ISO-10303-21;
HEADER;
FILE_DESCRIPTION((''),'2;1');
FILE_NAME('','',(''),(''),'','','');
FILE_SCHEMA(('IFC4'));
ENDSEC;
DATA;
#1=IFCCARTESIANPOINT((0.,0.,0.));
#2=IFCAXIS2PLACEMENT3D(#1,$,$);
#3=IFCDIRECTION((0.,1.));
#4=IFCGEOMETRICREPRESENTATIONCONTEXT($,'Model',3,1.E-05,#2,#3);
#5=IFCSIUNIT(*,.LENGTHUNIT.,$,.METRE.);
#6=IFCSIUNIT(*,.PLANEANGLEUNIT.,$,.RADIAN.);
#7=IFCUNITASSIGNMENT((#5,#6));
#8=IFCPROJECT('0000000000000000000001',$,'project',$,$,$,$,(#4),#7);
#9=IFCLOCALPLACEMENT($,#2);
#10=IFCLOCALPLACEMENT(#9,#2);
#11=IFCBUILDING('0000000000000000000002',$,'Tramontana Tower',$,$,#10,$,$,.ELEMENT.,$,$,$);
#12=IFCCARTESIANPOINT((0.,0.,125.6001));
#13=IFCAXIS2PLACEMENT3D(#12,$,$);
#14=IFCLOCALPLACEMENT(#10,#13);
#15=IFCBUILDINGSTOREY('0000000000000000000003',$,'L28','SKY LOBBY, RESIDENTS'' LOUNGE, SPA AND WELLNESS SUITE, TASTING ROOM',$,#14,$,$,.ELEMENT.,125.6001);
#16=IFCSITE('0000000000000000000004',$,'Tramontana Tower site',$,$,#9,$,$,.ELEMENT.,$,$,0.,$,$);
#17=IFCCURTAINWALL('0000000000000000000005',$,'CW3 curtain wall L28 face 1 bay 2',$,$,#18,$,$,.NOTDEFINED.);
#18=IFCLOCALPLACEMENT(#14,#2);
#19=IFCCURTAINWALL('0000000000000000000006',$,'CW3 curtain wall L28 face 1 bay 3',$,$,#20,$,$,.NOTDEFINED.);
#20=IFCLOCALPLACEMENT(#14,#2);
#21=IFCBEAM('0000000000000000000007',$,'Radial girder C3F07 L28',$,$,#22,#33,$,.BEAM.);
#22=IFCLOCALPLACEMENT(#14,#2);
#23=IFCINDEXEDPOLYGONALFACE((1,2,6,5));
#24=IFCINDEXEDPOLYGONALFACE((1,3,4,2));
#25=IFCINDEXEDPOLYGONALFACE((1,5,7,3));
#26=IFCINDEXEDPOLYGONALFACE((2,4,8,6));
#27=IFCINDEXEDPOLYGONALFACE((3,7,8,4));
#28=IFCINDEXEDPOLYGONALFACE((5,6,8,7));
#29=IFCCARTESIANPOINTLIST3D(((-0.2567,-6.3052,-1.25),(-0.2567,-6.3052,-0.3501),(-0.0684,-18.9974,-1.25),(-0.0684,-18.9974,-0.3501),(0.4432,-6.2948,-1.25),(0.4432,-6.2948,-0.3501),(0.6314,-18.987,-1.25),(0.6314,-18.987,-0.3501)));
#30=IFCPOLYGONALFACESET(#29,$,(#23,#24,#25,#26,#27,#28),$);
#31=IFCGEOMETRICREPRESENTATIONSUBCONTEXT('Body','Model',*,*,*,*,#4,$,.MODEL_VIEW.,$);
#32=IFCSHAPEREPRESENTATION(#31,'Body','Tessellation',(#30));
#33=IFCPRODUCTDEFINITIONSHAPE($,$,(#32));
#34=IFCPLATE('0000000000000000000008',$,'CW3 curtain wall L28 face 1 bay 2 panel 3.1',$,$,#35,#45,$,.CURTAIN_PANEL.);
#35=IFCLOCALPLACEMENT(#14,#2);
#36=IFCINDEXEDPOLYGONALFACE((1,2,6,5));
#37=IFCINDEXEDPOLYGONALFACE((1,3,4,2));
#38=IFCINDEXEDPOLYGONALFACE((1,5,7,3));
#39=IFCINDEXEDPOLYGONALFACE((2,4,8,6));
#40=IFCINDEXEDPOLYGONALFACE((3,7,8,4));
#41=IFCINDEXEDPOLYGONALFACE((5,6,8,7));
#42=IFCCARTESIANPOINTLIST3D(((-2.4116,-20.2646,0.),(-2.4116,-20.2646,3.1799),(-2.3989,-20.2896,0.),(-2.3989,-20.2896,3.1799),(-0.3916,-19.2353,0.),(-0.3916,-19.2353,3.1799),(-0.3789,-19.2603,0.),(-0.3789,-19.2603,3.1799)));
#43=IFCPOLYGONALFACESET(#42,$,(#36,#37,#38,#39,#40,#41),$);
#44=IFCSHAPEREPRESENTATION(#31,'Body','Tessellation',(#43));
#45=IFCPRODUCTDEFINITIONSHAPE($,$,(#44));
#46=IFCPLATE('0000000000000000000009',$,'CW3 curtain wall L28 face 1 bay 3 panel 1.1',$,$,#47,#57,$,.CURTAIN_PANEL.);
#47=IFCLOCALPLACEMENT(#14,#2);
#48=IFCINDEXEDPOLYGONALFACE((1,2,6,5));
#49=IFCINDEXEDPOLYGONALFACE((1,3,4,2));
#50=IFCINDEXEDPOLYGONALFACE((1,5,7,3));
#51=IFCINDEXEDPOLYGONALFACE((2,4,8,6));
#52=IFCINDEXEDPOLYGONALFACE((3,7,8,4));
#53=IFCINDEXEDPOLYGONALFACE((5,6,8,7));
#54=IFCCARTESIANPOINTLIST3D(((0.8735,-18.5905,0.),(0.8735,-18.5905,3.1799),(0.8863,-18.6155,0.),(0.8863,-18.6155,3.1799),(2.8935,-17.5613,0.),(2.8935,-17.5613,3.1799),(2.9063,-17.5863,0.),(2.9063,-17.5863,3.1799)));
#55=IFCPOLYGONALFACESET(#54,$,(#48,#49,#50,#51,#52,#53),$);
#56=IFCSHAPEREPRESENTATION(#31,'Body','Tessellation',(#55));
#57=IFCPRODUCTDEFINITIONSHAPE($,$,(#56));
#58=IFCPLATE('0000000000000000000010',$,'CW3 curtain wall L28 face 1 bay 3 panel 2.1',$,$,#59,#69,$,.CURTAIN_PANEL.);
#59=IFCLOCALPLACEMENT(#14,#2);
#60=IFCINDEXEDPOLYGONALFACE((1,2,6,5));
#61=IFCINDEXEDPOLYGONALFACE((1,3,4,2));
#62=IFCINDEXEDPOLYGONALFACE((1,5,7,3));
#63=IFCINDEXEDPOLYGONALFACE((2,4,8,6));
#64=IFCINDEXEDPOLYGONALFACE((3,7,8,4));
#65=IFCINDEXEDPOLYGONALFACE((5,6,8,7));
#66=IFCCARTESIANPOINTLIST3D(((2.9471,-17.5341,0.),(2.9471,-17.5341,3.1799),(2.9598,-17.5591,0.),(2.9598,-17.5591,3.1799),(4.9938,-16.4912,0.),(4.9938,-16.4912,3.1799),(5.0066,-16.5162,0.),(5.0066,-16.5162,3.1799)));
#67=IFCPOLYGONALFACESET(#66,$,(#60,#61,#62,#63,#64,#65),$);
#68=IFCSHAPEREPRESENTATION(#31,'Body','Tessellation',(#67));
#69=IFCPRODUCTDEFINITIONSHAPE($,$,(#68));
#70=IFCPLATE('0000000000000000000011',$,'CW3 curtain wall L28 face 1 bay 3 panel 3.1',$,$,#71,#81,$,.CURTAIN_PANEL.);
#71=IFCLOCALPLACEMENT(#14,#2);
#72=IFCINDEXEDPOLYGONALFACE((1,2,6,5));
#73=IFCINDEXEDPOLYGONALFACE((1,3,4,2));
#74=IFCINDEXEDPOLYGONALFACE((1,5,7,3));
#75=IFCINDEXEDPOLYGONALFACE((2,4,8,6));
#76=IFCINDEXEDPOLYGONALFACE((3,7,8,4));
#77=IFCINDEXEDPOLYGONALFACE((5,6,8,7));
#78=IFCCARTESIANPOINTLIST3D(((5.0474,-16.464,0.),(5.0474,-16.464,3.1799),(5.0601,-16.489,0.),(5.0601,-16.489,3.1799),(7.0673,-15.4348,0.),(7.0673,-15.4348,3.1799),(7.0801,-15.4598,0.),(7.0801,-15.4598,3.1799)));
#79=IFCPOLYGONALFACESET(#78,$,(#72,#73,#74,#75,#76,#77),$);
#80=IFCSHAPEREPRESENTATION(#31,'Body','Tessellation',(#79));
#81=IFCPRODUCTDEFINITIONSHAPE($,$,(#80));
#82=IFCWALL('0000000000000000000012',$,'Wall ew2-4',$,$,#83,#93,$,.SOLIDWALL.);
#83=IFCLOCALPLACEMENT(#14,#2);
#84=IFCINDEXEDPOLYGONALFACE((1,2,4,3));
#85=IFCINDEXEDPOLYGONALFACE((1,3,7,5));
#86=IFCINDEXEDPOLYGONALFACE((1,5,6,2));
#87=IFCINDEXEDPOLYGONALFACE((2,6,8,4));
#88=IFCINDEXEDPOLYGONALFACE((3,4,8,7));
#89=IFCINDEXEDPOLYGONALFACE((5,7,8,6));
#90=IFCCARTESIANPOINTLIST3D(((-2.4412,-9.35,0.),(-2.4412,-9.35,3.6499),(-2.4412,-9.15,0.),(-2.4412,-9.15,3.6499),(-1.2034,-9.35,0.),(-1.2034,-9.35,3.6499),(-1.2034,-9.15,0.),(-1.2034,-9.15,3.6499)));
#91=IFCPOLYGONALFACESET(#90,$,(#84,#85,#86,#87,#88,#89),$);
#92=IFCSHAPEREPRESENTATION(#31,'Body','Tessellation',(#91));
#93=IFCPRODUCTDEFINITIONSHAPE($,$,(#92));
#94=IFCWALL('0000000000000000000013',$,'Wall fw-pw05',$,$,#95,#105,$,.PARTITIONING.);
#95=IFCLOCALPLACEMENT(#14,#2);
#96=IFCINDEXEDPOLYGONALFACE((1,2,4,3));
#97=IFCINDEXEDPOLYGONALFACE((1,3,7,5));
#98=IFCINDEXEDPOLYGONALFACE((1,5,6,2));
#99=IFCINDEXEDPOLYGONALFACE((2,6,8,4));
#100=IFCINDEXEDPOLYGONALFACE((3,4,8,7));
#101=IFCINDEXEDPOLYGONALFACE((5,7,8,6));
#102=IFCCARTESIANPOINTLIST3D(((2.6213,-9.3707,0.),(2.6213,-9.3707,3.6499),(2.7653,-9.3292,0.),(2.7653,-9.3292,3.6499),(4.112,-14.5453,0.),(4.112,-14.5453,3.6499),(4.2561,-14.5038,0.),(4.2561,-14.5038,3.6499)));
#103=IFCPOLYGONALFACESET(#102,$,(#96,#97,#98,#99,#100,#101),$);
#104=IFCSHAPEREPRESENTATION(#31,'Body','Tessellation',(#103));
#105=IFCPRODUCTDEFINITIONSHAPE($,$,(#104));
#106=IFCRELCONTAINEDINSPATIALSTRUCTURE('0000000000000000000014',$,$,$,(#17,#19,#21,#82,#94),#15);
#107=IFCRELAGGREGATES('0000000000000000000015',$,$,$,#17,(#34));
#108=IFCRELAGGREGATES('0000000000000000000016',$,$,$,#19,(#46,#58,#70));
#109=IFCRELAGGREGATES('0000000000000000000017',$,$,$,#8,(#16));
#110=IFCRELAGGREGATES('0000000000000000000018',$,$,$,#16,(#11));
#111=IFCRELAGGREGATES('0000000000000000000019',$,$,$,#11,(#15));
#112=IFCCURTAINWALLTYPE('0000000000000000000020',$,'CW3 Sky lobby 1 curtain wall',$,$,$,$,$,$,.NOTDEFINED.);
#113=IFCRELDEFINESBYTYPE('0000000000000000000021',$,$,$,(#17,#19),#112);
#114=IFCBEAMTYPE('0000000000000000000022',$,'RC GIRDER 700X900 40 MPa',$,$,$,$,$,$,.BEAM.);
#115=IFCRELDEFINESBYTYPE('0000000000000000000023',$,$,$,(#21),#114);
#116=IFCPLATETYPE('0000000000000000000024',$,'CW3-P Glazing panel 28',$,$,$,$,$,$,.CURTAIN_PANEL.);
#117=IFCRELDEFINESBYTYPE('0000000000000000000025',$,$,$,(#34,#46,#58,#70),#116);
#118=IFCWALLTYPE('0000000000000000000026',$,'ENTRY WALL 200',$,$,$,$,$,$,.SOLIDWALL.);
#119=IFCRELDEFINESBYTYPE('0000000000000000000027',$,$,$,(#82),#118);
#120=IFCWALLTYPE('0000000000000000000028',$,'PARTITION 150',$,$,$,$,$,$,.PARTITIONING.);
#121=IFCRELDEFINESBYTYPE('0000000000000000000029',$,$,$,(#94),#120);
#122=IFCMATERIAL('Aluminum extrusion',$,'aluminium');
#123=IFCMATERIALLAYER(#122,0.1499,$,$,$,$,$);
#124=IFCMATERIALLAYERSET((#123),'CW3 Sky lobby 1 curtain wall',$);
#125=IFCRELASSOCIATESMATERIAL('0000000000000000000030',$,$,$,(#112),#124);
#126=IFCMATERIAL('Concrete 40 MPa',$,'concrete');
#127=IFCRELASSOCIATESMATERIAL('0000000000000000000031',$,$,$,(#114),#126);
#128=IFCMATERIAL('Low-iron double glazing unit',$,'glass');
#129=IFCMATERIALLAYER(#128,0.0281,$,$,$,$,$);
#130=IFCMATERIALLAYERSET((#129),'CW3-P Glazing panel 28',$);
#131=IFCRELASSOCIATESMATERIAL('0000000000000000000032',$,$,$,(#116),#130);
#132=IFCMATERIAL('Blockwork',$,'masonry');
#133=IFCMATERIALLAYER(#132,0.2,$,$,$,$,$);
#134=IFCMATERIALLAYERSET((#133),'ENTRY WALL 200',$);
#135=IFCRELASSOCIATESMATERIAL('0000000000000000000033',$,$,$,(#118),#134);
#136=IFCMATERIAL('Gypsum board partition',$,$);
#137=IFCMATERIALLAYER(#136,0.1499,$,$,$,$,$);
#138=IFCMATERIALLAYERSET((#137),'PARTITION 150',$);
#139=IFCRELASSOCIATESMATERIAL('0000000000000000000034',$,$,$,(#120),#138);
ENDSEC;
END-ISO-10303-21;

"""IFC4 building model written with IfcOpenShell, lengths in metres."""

from ifc_helpers import new_model, si_unit, direction, frame, frame_2d, origin, origin_2d, place, context, subcontext, project, spatial, rectangle, extrude, material, layer, layer_set, material_profile, profile_set, type_object, element, aggregate, save


model = new_model("IFC4")

# Units and contexts
model_context = context("Model", 3, precision=1e-05, world=origin(), true_north=direction((0.0, 1.0)))
body_context = subcontext(model_context, "Body", "Model", "MODEL_VIEW")
ifc_project = project(units=[si_unit("LENGTHUNIT", "METRE"), si_unit("PLANEANGLEUNIT", "RADIAN")], contexts=[model_context])

# Site, building, storey
site_placement = place(None, origin())
site = spatial("IfcSite", under=ifc_project, at=site_placement, Name="Tramontana Tower site", CompositionType="ELEMENT", RefElevation=0.0)
building_placement = place(site_placement, origin())
building = spatial("IfcBuilding", under=site, at=building_placement, Name="Tramontana Tower", CompositionType="ELEMENT")
storey_placement = place(building_placement, frame((0.0, 0.0, 125.6001)))
storey = spatial("IfcBuildingStorey", under=building, at=storey_placement, Name="L28", Description="SKY LOBBY, RESIDENTS' LOUNGE, SPA AND WELLNESS SUITE, TASTING ROOM", CompositionType="ELEMENT", Elevation=125.6001)

# Curtain wall
ifc_material_1 = material(Name="Aluminum extrusion", Category="aluminium")
ifc_layer_1 = layer(ifc_material_1, 0.1499)
ifc_layer_set_1 = layer_set([ifc_layer_1], Name="CW3 Sky lobby 1 curtain wall")
curtain_wall_type = type_object("IfcCurtainWallType", Name="CW3 Sky lobby 1 curtain wall", PredefinedType="NOTDEFINED", material=ifc_layer_set_1)
curtain_wall_1_placement = place(storey_placement, origin())
curtain_wall_1 = element("IfcCurtainWall", 1, at=curtain_wall_1_placement, inside=storey, type_object=curtain_wall_type, Name="CW3 curtain wall L28 face 1 bay 2", PredefinedType="NOTDEFINED")

# Curtain wall
curtain_wall_2_placement = place(storey_placement, origin())
curtain_wall_2 = element("IfcCurtainWall", 2, at=curtain_wall_2_placement, inside=storey, type_object=curtain_wall_type, Name="CW3 curtain wall L28 face 1 bay 3", PredefinedType="NOTDEFINED")

# Beam
ifc_material_2 = material(Name="Concrete 40 MPa", Category="concrete")
ifc_material_profile_1 = material_profile(ifc_material_2, rectangle(XDim=0.7, YDim=0.8999, at=origin_2d()), Name="RC GIRDER 700X900 40 MPa")
ifc_profile_set_1 = profile_set([ifc_material_profile_1], Name="Concrete 40 MPa")
beam_type_1 = type_object("IfcBeamType", Name="RC GIRDER 700X900 40 MPa", PredefinedType="BEAM", material=ifc_profile_set_1)
beam_1_placement = place(storey_placement, frame((0.2815, -18.9922, -0.8), z_axis=(-0.014829, 0.99989, 0.0), x_axis=(-0.99989, -0.014829, 0.0)))
element("IfcBeam", 3, at=beam_1_placement, inside=storey, type_object=beam_type_1, Name="Radial girder C3F07 L28", PredefinedType="BEAM", context=body_context, shape_type="SweptSolid", body=[
    extrude(rectangle(XDim=0.7, YDim=0.8999, at=origin_2d()), origin(), (0.0, 0.0, 1.0), 12.6936),
])

# Plates
ifc_material_3 = material(Name="Low-iron double glazing unit", Category="glass")
ifc_layer_2 = layer(ifc_material_3, 0.0281)
ifc_layer_set_2 = layer_set([ifc_layer_2], Name="CW3-P Glazing panel 28")
plate_type = type_object("IfcPlateType", Name="CW3-P Glazing panel 28", PredefinedType="CURTAIN_PANEL", material=ifc_layer_set_2)
plate_1_placement = place(storey_placement, frame((-1.3953, -19.7625, 0.0), z_axis=(0.0, 0.0, 1.0), x_axis=(0.891007, 0.45399, 0.0)))
plate_1 = element("IfcPlate", 4, at=plate_1_placement, type_object=plate_type, Name="CW3 curtain wall L28 face 1 bay 2 panel 3.1", PredefinedType="CURTAIN_PANEL", context=body_context, shape_type="SweptSolid", body=[
    extrude(rectangle(XDim=2.2671, YDim=0.0281, at=origin_2d()), origin(), (0.0, 0.0, 1.0), 3.1799),
])
aggregate(curtain_wall_1, [plate_1])
plate_2_placement = place(storey_placement, frame((1.8899, -18.0884, 0.0), z_axis=(0.0, 0.0, 1.0), x_axis=(0.891007, 0.45399, 0.0)))
plate_2 = element("IfcPlate", 5, at=plate_2_placement, type_object=plate_type, Name="CW3 curtain wall L28 face 1 bay 3 panel 1.1", PredefinedType="CURTAIN_PANEL", context=body_context, shape_type="SweptSolid", body=[
    extrude(rectangle(XDim=2.2671, YDim=0.0281, at=origin_2d()), origin(), (0.0, 0.0, 1.0), 3.1799),
])
plate_3_placement = place(storey_placement, frame((3.9768, -17.0251, 0.0), z_axis=(0.0, 0.0, 1.0), x_axis=(0.891007, 0.45399, 0.0)))
plate_3 = element("IfcPlate", 6, at=plate_3_placement, type_object=plate_type, Name="CW3 curtain wall L28 face 1 bay 3 panel 2.1", PredefinedType="CURTAIN_PANEL", context=body_context, shape_type="SweptSolid", body=[
    extrude(rectangle(XDim=2.2971, YDim=0.0281, at=origin_2d()), origin(), (0.0, 0.0, 1.0), 3.1799),
])
plate_4_placement = place(storey_placement, frame((6.0637, -15.9619, 0.0), z_axis=(0.0, 0.0, 1.0), x_axis=(0.891007, 0.45399, 0.0)))
plate_4 = element("IfcPlate", 7, at=plate_4_placement, type_object=plate_type, Name="CW3 curtain wall L28 face 1 bay 3 panel 3.1", PredefinedType="CURTAIN_PANEL", context=body_context, shape_type="SweptSolid", body=[
    extrude(rectangle(XDim=2.2671, YDim=0.0281, at=origin_2d()), origin(), (0.0, 0.0, 1.0), 3.1799),
])
aggregate(curtain_wall_2, [plate_2, plate_3, plate_4])

# Shared definitions
ifc_material_4 = material(Name="Blockwork", Category="masonry")
ifc_layer_3 = layer(ifc_material_4, 0.2)
ifc_layer_set_3 = layer_set([ifc_layer_3], Name="ENTRY WALL 200")
wall_type_1 = type_object("IfcWallType", Name="ENTRY WALL 200", PredefinedType="SOLIDWALL", material=ifc_layer_set_3)

# Walls
wall_1_placement = place(storey_placement, frame((-1.2034, -9.25, 0.0), z_axis=(0.0, 0.0, 1.0), x_axis=(-1.0, 0.0, 0.0)))
element("IfcWall", 8, at=wall_1_placement, inside=storey, type_object=wall_type_1, Name="Wall ew2-4", PredefinedType="SOLIDWALL", context=body_context, shape_type="SweptSolid", body=[
    extrude(rectangle(XDim=1.2378, YDim=0.2, at=frame_2d((0.6189, 0.0))), origin(), (0.0, 0.0, 1.0), 3.6499),
])
ifc_material_5 = material(Name="Gypsum board partition")
ifc_layer_4 = layer(ifc_material_5, 0.1499)
ifc_layer_set_4 = layer_set([ifc_layer_4], Name="PARTITION 150")
wall_type_2 = type_object("IfcWallType", Name="PARTITION 150", PredefinedType="PARTITIONING", material=ifc_layer_set_4)
wall_2_placement = place(storey_placement, frame((2.6934, -9.3501, 0.0), z_axis=(0.0, 0.0, 1.0), x_axis=(0.276828, -0.960919, 0.0)))
element("IfcWall", 9, at=wall_2_placement, inside=storey, type_object=wall_type_2, Name="Wall fw-pw05", PredefinedType="PARTITIONING", context=body_context, shape_type="SweptSolid", body=[
    extrude(rectangle(XDim=5.385, YDim=0.1499, at=frame_2d((2.6924, 0.0))), origin(), (0.0, 0.0, 1.0), 3.6499),
])

save(model, "model.ifc")
